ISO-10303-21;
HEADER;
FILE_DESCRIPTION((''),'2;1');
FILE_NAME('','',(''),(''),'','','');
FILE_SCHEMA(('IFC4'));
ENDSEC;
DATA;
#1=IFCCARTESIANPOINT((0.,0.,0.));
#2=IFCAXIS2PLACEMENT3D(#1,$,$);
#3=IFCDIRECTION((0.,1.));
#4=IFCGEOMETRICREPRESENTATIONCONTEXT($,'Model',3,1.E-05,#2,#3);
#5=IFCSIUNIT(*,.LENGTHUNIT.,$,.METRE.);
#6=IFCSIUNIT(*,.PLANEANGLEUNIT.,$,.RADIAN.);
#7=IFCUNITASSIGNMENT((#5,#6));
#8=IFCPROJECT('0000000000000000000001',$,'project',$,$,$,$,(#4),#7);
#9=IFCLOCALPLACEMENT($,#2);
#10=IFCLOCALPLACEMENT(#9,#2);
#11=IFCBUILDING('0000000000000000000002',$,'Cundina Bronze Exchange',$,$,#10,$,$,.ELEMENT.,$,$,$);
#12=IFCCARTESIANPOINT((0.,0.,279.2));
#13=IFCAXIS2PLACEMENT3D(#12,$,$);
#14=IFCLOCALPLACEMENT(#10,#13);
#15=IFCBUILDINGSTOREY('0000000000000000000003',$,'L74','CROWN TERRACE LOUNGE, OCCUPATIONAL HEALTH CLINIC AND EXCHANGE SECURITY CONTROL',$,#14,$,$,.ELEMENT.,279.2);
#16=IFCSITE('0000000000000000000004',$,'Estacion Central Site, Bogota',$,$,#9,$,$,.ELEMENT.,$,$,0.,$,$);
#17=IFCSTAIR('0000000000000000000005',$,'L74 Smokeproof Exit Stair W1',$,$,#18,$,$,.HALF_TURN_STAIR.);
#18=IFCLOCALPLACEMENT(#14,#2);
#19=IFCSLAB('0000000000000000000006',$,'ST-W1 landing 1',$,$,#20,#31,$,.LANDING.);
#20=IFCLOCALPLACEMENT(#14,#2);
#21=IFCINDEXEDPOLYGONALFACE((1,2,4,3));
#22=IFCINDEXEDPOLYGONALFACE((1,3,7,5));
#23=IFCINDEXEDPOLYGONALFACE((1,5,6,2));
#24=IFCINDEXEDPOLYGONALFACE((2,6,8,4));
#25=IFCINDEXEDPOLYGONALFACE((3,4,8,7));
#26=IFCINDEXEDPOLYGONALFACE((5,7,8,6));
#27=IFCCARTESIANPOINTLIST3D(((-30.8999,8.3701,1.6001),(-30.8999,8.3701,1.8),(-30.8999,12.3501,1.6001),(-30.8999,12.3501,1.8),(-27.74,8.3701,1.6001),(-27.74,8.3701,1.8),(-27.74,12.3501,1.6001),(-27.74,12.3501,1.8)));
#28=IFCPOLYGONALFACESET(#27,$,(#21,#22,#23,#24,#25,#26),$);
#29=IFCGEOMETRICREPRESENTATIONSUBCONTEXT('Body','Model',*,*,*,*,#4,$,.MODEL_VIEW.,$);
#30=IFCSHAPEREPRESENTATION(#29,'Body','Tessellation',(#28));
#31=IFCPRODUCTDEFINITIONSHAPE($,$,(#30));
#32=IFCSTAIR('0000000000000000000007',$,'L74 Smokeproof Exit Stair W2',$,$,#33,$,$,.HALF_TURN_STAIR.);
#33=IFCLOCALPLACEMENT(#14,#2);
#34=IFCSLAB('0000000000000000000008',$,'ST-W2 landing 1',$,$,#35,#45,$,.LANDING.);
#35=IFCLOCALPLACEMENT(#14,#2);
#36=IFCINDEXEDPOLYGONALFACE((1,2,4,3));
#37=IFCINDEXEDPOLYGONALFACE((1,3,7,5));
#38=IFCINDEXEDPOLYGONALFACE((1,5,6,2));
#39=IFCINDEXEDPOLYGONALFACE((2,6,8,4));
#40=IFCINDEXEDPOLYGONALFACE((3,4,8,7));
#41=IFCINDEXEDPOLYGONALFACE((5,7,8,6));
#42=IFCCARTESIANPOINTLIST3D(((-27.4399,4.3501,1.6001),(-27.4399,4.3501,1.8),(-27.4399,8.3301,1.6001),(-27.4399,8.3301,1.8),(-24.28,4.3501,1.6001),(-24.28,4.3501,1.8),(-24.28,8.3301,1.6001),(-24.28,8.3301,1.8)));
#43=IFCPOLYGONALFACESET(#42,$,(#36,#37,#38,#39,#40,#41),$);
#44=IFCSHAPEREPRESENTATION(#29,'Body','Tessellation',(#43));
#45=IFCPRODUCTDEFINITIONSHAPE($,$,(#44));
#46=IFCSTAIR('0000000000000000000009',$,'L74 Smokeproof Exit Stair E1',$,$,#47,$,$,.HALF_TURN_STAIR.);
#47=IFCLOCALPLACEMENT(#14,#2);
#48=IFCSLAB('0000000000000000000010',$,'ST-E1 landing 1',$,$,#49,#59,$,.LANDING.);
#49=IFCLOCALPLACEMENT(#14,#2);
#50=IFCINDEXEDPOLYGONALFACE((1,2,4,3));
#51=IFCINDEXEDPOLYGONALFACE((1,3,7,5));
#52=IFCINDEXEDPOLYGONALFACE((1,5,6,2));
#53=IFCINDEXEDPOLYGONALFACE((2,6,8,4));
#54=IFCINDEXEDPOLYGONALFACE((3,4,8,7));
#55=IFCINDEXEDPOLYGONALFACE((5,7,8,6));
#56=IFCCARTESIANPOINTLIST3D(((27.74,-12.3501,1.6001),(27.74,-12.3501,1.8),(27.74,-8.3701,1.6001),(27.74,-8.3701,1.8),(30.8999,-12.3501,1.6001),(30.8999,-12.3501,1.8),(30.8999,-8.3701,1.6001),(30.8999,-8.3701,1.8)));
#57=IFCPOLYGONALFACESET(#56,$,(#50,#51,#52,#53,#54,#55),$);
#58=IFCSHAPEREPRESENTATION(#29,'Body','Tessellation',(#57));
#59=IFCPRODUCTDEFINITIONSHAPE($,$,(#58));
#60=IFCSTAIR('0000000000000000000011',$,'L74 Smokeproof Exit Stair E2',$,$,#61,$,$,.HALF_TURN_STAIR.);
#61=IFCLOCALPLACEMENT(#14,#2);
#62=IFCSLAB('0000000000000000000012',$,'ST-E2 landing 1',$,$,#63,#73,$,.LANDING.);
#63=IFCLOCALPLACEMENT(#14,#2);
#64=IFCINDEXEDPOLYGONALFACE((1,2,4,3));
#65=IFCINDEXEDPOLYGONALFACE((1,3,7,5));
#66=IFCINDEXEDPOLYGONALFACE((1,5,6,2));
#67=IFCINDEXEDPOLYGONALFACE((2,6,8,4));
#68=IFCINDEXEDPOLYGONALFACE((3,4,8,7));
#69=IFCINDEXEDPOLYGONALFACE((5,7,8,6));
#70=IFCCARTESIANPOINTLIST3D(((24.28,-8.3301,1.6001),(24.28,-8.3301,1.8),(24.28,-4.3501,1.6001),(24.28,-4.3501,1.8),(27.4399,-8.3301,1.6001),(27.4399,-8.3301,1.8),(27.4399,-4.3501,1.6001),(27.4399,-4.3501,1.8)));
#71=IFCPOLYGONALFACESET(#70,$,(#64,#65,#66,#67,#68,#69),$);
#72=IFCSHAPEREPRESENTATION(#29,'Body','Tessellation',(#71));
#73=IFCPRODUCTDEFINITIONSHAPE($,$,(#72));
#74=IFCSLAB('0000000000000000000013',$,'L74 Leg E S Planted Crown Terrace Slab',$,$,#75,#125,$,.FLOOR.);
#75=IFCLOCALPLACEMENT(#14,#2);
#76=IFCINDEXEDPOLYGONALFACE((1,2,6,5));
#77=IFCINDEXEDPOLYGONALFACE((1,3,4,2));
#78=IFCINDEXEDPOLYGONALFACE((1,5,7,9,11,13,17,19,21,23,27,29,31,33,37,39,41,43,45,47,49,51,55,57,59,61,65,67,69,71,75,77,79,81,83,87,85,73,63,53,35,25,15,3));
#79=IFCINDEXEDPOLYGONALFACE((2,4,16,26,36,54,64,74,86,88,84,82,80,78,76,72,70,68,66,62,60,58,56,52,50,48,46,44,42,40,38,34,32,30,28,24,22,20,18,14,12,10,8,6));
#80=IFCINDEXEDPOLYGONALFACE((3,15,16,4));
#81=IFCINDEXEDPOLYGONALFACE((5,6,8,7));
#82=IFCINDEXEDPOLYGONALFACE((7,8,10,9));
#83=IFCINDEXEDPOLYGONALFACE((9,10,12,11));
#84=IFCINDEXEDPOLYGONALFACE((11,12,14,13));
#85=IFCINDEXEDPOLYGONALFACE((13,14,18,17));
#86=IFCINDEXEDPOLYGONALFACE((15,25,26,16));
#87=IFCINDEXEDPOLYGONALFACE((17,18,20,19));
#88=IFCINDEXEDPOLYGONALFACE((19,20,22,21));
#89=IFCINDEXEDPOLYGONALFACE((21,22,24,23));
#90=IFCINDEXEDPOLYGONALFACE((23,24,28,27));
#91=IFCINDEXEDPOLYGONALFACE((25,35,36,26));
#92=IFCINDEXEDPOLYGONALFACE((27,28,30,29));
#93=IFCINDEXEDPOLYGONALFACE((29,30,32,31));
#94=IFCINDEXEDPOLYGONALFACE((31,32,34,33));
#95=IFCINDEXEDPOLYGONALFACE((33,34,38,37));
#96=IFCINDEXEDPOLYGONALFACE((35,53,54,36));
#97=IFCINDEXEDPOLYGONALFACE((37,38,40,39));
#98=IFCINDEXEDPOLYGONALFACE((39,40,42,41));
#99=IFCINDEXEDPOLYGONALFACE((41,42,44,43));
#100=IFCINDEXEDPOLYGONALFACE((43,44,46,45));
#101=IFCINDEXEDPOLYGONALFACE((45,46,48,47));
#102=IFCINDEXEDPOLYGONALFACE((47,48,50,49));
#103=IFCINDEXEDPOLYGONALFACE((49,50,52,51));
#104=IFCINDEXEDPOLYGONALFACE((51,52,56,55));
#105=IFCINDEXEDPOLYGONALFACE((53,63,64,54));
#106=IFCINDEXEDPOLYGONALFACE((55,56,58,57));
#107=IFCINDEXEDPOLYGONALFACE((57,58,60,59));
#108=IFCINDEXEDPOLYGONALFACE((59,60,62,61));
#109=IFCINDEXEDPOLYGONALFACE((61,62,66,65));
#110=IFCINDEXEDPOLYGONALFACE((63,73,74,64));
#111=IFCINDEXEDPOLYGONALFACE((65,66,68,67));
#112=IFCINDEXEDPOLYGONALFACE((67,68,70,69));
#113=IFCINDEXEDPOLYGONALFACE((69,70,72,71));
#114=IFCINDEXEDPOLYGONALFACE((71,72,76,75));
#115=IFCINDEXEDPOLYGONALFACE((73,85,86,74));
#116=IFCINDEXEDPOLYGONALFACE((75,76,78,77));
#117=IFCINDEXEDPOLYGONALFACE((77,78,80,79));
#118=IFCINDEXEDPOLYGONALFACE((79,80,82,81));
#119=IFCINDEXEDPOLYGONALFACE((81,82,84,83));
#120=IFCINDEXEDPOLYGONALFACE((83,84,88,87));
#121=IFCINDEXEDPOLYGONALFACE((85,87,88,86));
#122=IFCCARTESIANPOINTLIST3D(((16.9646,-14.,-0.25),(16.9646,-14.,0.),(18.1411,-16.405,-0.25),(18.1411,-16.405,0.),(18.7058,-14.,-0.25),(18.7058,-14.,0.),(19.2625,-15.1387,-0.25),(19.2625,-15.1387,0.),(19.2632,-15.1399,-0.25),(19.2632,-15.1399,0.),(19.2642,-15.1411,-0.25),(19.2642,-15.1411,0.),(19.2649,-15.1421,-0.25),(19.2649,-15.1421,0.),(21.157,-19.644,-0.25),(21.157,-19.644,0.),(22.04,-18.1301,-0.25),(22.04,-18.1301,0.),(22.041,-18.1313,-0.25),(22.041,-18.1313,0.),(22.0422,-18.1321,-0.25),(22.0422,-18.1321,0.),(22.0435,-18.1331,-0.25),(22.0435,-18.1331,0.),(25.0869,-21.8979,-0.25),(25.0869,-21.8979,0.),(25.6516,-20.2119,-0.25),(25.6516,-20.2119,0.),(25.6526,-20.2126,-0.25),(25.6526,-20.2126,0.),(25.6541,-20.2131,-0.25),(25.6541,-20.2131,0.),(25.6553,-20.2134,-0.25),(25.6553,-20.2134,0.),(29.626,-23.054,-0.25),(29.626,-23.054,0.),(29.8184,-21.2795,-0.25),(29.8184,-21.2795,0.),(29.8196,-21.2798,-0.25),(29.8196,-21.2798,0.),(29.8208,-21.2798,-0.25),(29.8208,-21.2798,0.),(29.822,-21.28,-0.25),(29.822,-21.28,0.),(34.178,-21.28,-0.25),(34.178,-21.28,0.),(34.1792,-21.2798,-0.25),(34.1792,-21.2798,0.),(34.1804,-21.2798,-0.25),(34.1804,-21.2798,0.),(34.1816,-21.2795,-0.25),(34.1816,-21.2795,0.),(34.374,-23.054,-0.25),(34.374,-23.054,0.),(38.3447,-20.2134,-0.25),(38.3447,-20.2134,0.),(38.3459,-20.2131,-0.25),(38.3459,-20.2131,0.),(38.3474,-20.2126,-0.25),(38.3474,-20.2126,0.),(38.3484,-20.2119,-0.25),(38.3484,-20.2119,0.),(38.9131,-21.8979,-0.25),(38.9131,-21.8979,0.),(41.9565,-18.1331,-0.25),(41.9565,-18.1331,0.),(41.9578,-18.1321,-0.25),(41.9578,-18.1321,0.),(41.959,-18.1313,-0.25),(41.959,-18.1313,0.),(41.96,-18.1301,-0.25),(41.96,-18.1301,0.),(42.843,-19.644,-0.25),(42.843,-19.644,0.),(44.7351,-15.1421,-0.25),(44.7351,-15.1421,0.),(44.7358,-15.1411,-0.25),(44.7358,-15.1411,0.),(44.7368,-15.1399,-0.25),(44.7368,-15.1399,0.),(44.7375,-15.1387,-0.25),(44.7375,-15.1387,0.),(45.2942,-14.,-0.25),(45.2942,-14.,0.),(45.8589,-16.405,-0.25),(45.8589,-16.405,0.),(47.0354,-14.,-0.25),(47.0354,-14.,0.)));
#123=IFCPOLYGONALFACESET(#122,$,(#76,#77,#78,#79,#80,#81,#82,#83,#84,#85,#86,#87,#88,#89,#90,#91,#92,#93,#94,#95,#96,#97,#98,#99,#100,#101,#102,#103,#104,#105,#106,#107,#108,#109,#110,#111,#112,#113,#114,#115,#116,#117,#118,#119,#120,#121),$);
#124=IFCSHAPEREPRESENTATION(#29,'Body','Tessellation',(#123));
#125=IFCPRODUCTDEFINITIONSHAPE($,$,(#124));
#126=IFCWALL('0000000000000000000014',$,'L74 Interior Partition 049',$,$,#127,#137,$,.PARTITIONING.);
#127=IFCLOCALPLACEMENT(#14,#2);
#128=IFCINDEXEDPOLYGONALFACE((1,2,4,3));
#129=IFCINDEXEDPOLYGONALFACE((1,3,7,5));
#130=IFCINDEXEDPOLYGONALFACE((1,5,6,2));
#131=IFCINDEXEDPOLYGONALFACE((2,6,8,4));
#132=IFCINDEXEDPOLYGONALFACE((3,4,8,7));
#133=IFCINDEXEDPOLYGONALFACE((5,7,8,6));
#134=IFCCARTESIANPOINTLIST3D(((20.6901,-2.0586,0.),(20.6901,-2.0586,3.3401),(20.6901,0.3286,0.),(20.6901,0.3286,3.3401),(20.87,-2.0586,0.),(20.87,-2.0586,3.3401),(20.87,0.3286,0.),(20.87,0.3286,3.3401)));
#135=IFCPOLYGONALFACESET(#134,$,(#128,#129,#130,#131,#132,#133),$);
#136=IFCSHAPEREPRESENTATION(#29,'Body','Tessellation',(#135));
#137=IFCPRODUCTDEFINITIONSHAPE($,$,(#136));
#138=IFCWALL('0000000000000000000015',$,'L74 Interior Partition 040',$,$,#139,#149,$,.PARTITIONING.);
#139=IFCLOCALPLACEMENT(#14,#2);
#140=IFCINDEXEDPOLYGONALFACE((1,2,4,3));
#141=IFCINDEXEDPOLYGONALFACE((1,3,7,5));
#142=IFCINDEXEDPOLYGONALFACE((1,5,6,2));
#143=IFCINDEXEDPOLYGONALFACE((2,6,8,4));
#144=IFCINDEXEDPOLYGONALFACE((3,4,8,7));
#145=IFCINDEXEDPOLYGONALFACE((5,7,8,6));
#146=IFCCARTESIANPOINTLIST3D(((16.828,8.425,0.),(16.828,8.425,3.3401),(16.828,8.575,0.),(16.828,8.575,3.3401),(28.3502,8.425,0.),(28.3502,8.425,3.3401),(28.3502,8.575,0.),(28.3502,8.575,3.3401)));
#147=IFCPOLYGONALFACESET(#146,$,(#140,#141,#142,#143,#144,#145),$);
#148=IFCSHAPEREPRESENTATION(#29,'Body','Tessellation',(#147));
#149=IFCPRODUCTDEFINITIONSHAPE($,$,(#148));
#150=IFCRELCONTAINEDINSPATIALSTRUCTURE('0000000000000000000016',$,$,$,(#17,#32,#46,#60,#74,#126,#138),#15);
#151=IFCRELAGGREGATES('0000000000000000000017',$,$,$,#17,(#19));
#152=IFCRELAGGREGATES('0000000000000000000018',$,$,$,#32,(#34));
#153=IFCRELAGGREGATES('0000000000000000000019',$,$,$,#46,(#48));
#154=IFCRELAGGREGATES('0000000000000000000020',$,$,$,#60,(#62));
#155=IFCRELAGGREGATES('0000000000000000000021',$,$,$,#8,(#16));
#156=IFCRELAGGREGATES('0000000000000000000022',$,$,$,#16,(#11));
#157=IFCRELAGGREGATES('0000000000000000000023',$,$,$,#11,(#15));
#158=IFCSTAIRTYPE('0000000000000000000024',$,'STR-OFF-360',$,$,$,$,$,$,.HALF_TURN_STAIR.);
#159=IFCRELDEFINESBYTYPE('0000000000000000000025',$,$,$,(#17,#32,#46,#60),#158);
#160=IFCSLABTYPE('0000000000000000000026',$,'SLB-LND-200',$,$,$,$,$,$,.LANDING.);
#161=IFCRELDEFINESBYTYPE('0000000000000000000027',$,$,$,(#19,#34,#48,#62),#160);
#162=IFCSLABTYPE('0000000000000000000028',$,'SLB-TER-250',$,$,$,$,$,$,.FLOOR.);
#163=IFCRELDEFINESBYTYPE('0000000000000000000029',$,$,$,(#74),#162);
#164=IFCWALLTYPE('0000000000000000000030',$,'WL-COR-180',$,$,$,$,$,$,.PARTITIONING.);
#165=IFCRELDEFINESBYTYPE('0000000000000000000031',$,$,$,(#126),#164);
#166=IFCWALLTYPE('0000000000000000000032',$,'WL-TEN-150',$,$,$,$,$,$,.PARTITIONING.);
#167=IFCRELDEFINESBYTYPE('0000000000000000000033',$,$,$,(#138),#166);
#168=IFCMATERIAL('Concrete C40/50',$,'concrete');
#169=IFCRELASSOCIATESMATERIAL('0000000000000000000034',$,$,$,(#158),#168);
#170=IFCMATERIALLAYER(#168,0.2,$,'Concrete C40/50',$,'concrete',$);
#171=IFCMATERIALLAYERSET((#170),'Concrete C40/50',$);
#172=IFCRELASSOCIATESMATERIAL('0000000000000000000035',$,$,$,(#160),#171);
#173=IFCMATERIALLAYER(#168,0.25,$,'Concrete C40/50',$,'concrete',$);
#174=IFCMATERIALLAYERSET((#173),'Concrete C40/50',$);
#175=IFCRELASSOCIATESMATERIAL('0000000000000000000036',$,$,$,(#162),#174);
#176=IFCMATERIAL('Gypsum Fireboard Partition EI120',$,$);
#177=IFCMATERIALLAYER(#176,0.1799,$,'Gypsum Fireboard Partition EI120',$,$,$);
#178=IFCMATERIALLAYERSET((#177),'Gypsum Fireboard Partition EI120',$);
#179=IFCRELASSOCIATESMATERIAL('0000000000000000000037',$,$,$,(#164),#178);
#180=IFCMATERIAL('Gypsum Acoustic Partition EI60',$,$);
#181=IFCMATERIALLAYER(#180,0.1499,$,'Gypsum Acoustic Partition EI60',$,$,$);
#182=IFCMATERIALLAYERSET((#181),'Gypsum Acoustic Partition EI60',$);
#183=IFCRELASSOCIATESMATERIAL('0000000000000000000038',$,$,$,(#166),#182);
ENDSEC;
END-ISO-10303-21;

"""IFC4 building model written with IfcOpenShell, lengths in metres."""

from ifc_helpers import new_model, si_unit, direction, frame, frame_2d, origin, place, context, subcontext, project, spatial, polyline, rectangle, outline, extrude, material, layer, layer_set, type_object, element, aggregate, save


model = new_model("IFC4")

# Units and contexts
model_context = context("Model", 3, precision=1e-05, world=origin(), true_north=direction((0.0, 1.0)))
body_context = subcontext(model_context, "Body", "Model", "MODEL_VIEW")
ifc_project = project(units=[si_unit("LENGTHUNIT", "METRE"), si_unit("PLANEANGLEUNIT", "RADIAN")], contexts=[model_context])

# Site, building, storey
site_placement = place(None, origin())
site = spatial("IfcSite", under=ifc_project, at=site_placement, Name="Estacion Central Site, Bogota", CompositionType="ELEMENT", RefElevation=0.0)
building_placement = place(site_placement, origin())
building = spatial("IfcBuilding", under=site, at=building_placement, Name="Cundina Bronze Exchange", CompositionType="ELEMENT")
storey_placement = place(building_placement, frame((0.0, 0.0, 279.2)))
storey = spatial("IfcBuildingStorey", under=building, at=storey_placement, Name="L74", Description="CROWN TERRACE LOUNGE, OCCUPATIONAL HEALTH CLINIC AND EXCHANGE SECURITY CONTROL", CompositionType="ELEMENT", Elevation=279.2)

# Stairs, slabs
ifc_material_1 = material(Name="Concrete C40/50", Category="concrete")
stair_type = type_object("IfcStairType", Name="STR-OFF-360", PredefinedType="HALF_TURN_STAIR", material=ifc_material_1)
stair_1_placement = place(storey_placement, origin())
stair_1 = element("IfcStair", 1, at=stair_1_placement, inside=storey, type_object=stair_type, Name="L74 Smokeproof Exit Stair W1", PredefinedType="HALF_TURN_STAIR")
ifc_layer_1 = layer(ifc_material_1, 0.2, Name="Concrete C40/50", Category="concrete")
ifc_layer_set_1 = layer_set([ifc_layer_1], Name="Concrete C40/50")
slab_type_1 = type_object("IfcSlabType", Name="SLB-LND-200", PredefinedType="LANDING", material=ifc_layer_set_1)
slab_1_placement = place(storey_placement, frame((0.0, 0.0, 1.6001)))
slab_1 = element("IfcSlab", 2, at=slab_1_placement, type_object=slab_type_1, Name="ST-W1 landing 1", PredefinedType="LANDING", context=body_context, shape_type="SweptSolid", body=[
    extrude(outline(polyline([(-27.74, 8.3701), (-27.74, 12.3501), (-30.8999, 12.3501), (-30.8999, 8.3701), (-27.74, 8.3701)])), origin(), (0.0, 0.0, 1.0), 0.2),
])
aggregate(stair_1, [slab_1])
stair_2_placement = place(storey_placement, origin())
stair_2 = element("IfcStair", 3, at=stair_2_placement, inside=storey, type_object=stair_type, Name="L74 Smokeproof Exit Stair W2", PredefinedType="HALF_TURN_STAIR")
slab_2_placement = place(storey_placement, frame((0.0, 0.0, 1.6001)))
slab_2 = element("IfcSlab", 4, at=slab_2_placement, type_object=slab_type_1, Name="ST-W2 landing 1", PredefinedType="LANDING", context=body_context, shape_type="SweptSolid", body=[
    extrude(outline(polyline([(-27.4399, 8.3301), (-27.4399, 4.3501), (-24.28, 4.3501), (-24.28, 8.3301), (-27.4399, 8.3301)])), origin(), (0.0, 0.0, 1.0), 0.2),
])
aggregate(stair_2, [slab_2])
stair_3_placement = place(storey_placement, origin())
stair_3 = element("IfcStair", 5, at=stair_3_placement, inside=storey, type_object=stair_type, Name="L74 Smokeproof Exit Stair E1", PredefinedType="HALF_TURN_STAIR")
slab_3_placement = place(storey_placement, frame((0.0, 0.0, 1.6001)))
slab_3 = element("IfcSlab", 6, at=slab_3_placement, type_object=slab_type_1, Name="ST-E1 landing 1", PredefinedType="LANDING", context=body_context, shape_type="SweptSolid", body=[
    extrude(outline(polyline([(27.74, -8.3701), (27.74, -12.3501), (30.8999, -12.3501), (30.8999, -8.3701), (27.74, -8.3701)])), origin(), (0.0, 0.0, 1.0), 0.2),
])
aggregate(stair_3, [slab_3])
stair_4_placement = place(storey_placement, origin())
stair_4 = element("IfcStair", 7, at=stair_4_placement, inside=storey, type_object=stair_type, Name="L74 Smokeproof Exit Stair E2", PredefinedType="HALF_TURN_STAIR")
slab_4_placement = place(storey_placement, frame((0.0, 0.0, 1.6001)))
slab_4 = element("IfcSlab", 8, at=slab_4_placement, type_object=slab_type_1, Name="ST-E2 landing 1", PredefinedType="LANDING", context=body_context, shape_type="SweptSolid", body=[
    extrude(outline(polyline([(27.4399, -8.3301), (27.4399, -4.3501), (24.28, -4.3501), (24.28, -8.3301), (27.4399, -8.3301)])), origin(), (0.0, 0.0, 1.0), 0.2),
])
aggregate(stair_4, [slab_4])

# Slab
ifc_layer_2 = layer(ifc_material_1, 0.25, Name="Concrete C40/50", Category="concrete")
ifc_layer_set_2 = layer_set([ifc_layer_2], Name="Concrete C40/50")
slab_type_2 = type_object("IfcSlabType", Name="SLB-TER-250", PredefinedType="FLOOR", material=ifc_layer_set_2)
slab_5_placement = place(storey_placement, frame((0.0, 0.0, -0.25)))
element("IfcSlab", 9, at=slab_5_placement, inside=storey, type_object=slab_type_2, Name="L74 Leg E S Planted Crown Terrace Slab", PredefinedType="FLOOR", context=body_context, shape_type="SweptSolid", body=[
    extrude(outline(polyline([(45.8589, -16.405), (42.843, -19.644), (38.9131, -21.8979), (34.374, -23.054), (29.626, -23.054), (25.0869, -21.8979), (21.157, -19.644), (18.1411, -16.405), (16.9646, -14.0), (18.7058, -14.0), (19.2625, -15.1387), (19.2632, -15.1399), (19.2642, -15.1411), (19.2649, -15.1421), (22.04, -18.1301), (22.041, -18.1313), (22.0422, -18.1321), (22.0435, -18.1331), (25.6516, -20.2119), (25.6526, -20.2126), (25.6541, -20.2131), (25.6553, -20.2134), (29.8184, -21.2795), (29.8196, -21.2798), (29.8208, -21.2798), (29.822, -21.28), (34.178, -21.28), (34.1792, -21.2798), (34.1804, -21.2798), (34.1816, -21.2795), (38.3447, -20.2134), (38.3459, -20.2131), (38.3474, -20.2126), (38.3484, -20.2119), (41.9565, -18.1331), (41.9578, -18.1321), (41.959, -18.1313), (41.96, -18.1301), (44.7351, -15.1421), (44.7358, -15.1411), (44.7368, -15.1399), (44.7375, -15.1387), (45.2942, -14.0), (47.0354, -14.0), (45.8589, -16.405)])), origin(), (0.0, 0.0, 1.0), 0.25),
])

# Walls
ifc_material_2 = material(Name="Gypsum Fireboard Partition EI120")
ifc_layer_3 = layer(ifc_material_2, 0.1799, Name="Gypsum Fireboard Partition EI120")
ifc_layer_set_3 = layer_set([ifc_layer_3], Name="Gypsum Fireboard Partition EI120")
wall_type_1 = type_object("IfcWallType", Name="WL-COR-180", PredefinedType="PARTITIONING", material=ifc_layer_set_3)
wall_1_placement = place(storey_placement, frame((20.78, 0.3286, 0.0), z_axis=(0.0, 0.0, 1.0), x_axis=(0.0, -1.0, 0.0)))
element("IfcWall", 10, at=wall_1_placement, inside=storey, type_object=wall_type_1, Name="L74 Interior Partition 049", PredefinedType="PARTITIONING", context=body_context, shape_type="SweptSolid", body=[
    extrude(rectangle(XDim=2.3872, YDim=0.1799, at=frame_2d((1.1936, 0.0))), origin(), (0.0, 0.0, 1.0), 3.3401),
])
ifc_material_3 = material(Name="Gypsum Acoustic Partition EI60")
ifc_layer_4 = layer(ifc_material_3, 0.1499, Name="Gypsum Acoustic Partition EI60")
ifc_layer_set_4 = layer_set([ifc_layer_4], Name="Gypsum Acoustic Partition EI60")
wall_type_2 = type_object("IfcWallType", Name="WL-TEN-150", PredefinedType="PARTITIONING", material=ifc_layer_set_4)
wall_2_placement = place(storey_placement, frame((16.8279, 8.5, 0.0), z_axis=(0.0, 0.0, 1.0), x_axis=(1.0, 0.0, 0.0)))
element("IfcWall", 11, at=wall_2_placement, inside=storey, type_object=wall_type_2, Name="L74 Interior Partition 040", PredefinedType="PARTITIONING", context=body_context, shape_type="SweptSolid", body=[
    extrude(rectangle(XDim=11.5222, YDim=0.1499, at=frame_2d((5.7612, 0.0))), origin(), (0.0, 0.0, 1.0), 3.3401),
])

save(model, "model.ifc")
